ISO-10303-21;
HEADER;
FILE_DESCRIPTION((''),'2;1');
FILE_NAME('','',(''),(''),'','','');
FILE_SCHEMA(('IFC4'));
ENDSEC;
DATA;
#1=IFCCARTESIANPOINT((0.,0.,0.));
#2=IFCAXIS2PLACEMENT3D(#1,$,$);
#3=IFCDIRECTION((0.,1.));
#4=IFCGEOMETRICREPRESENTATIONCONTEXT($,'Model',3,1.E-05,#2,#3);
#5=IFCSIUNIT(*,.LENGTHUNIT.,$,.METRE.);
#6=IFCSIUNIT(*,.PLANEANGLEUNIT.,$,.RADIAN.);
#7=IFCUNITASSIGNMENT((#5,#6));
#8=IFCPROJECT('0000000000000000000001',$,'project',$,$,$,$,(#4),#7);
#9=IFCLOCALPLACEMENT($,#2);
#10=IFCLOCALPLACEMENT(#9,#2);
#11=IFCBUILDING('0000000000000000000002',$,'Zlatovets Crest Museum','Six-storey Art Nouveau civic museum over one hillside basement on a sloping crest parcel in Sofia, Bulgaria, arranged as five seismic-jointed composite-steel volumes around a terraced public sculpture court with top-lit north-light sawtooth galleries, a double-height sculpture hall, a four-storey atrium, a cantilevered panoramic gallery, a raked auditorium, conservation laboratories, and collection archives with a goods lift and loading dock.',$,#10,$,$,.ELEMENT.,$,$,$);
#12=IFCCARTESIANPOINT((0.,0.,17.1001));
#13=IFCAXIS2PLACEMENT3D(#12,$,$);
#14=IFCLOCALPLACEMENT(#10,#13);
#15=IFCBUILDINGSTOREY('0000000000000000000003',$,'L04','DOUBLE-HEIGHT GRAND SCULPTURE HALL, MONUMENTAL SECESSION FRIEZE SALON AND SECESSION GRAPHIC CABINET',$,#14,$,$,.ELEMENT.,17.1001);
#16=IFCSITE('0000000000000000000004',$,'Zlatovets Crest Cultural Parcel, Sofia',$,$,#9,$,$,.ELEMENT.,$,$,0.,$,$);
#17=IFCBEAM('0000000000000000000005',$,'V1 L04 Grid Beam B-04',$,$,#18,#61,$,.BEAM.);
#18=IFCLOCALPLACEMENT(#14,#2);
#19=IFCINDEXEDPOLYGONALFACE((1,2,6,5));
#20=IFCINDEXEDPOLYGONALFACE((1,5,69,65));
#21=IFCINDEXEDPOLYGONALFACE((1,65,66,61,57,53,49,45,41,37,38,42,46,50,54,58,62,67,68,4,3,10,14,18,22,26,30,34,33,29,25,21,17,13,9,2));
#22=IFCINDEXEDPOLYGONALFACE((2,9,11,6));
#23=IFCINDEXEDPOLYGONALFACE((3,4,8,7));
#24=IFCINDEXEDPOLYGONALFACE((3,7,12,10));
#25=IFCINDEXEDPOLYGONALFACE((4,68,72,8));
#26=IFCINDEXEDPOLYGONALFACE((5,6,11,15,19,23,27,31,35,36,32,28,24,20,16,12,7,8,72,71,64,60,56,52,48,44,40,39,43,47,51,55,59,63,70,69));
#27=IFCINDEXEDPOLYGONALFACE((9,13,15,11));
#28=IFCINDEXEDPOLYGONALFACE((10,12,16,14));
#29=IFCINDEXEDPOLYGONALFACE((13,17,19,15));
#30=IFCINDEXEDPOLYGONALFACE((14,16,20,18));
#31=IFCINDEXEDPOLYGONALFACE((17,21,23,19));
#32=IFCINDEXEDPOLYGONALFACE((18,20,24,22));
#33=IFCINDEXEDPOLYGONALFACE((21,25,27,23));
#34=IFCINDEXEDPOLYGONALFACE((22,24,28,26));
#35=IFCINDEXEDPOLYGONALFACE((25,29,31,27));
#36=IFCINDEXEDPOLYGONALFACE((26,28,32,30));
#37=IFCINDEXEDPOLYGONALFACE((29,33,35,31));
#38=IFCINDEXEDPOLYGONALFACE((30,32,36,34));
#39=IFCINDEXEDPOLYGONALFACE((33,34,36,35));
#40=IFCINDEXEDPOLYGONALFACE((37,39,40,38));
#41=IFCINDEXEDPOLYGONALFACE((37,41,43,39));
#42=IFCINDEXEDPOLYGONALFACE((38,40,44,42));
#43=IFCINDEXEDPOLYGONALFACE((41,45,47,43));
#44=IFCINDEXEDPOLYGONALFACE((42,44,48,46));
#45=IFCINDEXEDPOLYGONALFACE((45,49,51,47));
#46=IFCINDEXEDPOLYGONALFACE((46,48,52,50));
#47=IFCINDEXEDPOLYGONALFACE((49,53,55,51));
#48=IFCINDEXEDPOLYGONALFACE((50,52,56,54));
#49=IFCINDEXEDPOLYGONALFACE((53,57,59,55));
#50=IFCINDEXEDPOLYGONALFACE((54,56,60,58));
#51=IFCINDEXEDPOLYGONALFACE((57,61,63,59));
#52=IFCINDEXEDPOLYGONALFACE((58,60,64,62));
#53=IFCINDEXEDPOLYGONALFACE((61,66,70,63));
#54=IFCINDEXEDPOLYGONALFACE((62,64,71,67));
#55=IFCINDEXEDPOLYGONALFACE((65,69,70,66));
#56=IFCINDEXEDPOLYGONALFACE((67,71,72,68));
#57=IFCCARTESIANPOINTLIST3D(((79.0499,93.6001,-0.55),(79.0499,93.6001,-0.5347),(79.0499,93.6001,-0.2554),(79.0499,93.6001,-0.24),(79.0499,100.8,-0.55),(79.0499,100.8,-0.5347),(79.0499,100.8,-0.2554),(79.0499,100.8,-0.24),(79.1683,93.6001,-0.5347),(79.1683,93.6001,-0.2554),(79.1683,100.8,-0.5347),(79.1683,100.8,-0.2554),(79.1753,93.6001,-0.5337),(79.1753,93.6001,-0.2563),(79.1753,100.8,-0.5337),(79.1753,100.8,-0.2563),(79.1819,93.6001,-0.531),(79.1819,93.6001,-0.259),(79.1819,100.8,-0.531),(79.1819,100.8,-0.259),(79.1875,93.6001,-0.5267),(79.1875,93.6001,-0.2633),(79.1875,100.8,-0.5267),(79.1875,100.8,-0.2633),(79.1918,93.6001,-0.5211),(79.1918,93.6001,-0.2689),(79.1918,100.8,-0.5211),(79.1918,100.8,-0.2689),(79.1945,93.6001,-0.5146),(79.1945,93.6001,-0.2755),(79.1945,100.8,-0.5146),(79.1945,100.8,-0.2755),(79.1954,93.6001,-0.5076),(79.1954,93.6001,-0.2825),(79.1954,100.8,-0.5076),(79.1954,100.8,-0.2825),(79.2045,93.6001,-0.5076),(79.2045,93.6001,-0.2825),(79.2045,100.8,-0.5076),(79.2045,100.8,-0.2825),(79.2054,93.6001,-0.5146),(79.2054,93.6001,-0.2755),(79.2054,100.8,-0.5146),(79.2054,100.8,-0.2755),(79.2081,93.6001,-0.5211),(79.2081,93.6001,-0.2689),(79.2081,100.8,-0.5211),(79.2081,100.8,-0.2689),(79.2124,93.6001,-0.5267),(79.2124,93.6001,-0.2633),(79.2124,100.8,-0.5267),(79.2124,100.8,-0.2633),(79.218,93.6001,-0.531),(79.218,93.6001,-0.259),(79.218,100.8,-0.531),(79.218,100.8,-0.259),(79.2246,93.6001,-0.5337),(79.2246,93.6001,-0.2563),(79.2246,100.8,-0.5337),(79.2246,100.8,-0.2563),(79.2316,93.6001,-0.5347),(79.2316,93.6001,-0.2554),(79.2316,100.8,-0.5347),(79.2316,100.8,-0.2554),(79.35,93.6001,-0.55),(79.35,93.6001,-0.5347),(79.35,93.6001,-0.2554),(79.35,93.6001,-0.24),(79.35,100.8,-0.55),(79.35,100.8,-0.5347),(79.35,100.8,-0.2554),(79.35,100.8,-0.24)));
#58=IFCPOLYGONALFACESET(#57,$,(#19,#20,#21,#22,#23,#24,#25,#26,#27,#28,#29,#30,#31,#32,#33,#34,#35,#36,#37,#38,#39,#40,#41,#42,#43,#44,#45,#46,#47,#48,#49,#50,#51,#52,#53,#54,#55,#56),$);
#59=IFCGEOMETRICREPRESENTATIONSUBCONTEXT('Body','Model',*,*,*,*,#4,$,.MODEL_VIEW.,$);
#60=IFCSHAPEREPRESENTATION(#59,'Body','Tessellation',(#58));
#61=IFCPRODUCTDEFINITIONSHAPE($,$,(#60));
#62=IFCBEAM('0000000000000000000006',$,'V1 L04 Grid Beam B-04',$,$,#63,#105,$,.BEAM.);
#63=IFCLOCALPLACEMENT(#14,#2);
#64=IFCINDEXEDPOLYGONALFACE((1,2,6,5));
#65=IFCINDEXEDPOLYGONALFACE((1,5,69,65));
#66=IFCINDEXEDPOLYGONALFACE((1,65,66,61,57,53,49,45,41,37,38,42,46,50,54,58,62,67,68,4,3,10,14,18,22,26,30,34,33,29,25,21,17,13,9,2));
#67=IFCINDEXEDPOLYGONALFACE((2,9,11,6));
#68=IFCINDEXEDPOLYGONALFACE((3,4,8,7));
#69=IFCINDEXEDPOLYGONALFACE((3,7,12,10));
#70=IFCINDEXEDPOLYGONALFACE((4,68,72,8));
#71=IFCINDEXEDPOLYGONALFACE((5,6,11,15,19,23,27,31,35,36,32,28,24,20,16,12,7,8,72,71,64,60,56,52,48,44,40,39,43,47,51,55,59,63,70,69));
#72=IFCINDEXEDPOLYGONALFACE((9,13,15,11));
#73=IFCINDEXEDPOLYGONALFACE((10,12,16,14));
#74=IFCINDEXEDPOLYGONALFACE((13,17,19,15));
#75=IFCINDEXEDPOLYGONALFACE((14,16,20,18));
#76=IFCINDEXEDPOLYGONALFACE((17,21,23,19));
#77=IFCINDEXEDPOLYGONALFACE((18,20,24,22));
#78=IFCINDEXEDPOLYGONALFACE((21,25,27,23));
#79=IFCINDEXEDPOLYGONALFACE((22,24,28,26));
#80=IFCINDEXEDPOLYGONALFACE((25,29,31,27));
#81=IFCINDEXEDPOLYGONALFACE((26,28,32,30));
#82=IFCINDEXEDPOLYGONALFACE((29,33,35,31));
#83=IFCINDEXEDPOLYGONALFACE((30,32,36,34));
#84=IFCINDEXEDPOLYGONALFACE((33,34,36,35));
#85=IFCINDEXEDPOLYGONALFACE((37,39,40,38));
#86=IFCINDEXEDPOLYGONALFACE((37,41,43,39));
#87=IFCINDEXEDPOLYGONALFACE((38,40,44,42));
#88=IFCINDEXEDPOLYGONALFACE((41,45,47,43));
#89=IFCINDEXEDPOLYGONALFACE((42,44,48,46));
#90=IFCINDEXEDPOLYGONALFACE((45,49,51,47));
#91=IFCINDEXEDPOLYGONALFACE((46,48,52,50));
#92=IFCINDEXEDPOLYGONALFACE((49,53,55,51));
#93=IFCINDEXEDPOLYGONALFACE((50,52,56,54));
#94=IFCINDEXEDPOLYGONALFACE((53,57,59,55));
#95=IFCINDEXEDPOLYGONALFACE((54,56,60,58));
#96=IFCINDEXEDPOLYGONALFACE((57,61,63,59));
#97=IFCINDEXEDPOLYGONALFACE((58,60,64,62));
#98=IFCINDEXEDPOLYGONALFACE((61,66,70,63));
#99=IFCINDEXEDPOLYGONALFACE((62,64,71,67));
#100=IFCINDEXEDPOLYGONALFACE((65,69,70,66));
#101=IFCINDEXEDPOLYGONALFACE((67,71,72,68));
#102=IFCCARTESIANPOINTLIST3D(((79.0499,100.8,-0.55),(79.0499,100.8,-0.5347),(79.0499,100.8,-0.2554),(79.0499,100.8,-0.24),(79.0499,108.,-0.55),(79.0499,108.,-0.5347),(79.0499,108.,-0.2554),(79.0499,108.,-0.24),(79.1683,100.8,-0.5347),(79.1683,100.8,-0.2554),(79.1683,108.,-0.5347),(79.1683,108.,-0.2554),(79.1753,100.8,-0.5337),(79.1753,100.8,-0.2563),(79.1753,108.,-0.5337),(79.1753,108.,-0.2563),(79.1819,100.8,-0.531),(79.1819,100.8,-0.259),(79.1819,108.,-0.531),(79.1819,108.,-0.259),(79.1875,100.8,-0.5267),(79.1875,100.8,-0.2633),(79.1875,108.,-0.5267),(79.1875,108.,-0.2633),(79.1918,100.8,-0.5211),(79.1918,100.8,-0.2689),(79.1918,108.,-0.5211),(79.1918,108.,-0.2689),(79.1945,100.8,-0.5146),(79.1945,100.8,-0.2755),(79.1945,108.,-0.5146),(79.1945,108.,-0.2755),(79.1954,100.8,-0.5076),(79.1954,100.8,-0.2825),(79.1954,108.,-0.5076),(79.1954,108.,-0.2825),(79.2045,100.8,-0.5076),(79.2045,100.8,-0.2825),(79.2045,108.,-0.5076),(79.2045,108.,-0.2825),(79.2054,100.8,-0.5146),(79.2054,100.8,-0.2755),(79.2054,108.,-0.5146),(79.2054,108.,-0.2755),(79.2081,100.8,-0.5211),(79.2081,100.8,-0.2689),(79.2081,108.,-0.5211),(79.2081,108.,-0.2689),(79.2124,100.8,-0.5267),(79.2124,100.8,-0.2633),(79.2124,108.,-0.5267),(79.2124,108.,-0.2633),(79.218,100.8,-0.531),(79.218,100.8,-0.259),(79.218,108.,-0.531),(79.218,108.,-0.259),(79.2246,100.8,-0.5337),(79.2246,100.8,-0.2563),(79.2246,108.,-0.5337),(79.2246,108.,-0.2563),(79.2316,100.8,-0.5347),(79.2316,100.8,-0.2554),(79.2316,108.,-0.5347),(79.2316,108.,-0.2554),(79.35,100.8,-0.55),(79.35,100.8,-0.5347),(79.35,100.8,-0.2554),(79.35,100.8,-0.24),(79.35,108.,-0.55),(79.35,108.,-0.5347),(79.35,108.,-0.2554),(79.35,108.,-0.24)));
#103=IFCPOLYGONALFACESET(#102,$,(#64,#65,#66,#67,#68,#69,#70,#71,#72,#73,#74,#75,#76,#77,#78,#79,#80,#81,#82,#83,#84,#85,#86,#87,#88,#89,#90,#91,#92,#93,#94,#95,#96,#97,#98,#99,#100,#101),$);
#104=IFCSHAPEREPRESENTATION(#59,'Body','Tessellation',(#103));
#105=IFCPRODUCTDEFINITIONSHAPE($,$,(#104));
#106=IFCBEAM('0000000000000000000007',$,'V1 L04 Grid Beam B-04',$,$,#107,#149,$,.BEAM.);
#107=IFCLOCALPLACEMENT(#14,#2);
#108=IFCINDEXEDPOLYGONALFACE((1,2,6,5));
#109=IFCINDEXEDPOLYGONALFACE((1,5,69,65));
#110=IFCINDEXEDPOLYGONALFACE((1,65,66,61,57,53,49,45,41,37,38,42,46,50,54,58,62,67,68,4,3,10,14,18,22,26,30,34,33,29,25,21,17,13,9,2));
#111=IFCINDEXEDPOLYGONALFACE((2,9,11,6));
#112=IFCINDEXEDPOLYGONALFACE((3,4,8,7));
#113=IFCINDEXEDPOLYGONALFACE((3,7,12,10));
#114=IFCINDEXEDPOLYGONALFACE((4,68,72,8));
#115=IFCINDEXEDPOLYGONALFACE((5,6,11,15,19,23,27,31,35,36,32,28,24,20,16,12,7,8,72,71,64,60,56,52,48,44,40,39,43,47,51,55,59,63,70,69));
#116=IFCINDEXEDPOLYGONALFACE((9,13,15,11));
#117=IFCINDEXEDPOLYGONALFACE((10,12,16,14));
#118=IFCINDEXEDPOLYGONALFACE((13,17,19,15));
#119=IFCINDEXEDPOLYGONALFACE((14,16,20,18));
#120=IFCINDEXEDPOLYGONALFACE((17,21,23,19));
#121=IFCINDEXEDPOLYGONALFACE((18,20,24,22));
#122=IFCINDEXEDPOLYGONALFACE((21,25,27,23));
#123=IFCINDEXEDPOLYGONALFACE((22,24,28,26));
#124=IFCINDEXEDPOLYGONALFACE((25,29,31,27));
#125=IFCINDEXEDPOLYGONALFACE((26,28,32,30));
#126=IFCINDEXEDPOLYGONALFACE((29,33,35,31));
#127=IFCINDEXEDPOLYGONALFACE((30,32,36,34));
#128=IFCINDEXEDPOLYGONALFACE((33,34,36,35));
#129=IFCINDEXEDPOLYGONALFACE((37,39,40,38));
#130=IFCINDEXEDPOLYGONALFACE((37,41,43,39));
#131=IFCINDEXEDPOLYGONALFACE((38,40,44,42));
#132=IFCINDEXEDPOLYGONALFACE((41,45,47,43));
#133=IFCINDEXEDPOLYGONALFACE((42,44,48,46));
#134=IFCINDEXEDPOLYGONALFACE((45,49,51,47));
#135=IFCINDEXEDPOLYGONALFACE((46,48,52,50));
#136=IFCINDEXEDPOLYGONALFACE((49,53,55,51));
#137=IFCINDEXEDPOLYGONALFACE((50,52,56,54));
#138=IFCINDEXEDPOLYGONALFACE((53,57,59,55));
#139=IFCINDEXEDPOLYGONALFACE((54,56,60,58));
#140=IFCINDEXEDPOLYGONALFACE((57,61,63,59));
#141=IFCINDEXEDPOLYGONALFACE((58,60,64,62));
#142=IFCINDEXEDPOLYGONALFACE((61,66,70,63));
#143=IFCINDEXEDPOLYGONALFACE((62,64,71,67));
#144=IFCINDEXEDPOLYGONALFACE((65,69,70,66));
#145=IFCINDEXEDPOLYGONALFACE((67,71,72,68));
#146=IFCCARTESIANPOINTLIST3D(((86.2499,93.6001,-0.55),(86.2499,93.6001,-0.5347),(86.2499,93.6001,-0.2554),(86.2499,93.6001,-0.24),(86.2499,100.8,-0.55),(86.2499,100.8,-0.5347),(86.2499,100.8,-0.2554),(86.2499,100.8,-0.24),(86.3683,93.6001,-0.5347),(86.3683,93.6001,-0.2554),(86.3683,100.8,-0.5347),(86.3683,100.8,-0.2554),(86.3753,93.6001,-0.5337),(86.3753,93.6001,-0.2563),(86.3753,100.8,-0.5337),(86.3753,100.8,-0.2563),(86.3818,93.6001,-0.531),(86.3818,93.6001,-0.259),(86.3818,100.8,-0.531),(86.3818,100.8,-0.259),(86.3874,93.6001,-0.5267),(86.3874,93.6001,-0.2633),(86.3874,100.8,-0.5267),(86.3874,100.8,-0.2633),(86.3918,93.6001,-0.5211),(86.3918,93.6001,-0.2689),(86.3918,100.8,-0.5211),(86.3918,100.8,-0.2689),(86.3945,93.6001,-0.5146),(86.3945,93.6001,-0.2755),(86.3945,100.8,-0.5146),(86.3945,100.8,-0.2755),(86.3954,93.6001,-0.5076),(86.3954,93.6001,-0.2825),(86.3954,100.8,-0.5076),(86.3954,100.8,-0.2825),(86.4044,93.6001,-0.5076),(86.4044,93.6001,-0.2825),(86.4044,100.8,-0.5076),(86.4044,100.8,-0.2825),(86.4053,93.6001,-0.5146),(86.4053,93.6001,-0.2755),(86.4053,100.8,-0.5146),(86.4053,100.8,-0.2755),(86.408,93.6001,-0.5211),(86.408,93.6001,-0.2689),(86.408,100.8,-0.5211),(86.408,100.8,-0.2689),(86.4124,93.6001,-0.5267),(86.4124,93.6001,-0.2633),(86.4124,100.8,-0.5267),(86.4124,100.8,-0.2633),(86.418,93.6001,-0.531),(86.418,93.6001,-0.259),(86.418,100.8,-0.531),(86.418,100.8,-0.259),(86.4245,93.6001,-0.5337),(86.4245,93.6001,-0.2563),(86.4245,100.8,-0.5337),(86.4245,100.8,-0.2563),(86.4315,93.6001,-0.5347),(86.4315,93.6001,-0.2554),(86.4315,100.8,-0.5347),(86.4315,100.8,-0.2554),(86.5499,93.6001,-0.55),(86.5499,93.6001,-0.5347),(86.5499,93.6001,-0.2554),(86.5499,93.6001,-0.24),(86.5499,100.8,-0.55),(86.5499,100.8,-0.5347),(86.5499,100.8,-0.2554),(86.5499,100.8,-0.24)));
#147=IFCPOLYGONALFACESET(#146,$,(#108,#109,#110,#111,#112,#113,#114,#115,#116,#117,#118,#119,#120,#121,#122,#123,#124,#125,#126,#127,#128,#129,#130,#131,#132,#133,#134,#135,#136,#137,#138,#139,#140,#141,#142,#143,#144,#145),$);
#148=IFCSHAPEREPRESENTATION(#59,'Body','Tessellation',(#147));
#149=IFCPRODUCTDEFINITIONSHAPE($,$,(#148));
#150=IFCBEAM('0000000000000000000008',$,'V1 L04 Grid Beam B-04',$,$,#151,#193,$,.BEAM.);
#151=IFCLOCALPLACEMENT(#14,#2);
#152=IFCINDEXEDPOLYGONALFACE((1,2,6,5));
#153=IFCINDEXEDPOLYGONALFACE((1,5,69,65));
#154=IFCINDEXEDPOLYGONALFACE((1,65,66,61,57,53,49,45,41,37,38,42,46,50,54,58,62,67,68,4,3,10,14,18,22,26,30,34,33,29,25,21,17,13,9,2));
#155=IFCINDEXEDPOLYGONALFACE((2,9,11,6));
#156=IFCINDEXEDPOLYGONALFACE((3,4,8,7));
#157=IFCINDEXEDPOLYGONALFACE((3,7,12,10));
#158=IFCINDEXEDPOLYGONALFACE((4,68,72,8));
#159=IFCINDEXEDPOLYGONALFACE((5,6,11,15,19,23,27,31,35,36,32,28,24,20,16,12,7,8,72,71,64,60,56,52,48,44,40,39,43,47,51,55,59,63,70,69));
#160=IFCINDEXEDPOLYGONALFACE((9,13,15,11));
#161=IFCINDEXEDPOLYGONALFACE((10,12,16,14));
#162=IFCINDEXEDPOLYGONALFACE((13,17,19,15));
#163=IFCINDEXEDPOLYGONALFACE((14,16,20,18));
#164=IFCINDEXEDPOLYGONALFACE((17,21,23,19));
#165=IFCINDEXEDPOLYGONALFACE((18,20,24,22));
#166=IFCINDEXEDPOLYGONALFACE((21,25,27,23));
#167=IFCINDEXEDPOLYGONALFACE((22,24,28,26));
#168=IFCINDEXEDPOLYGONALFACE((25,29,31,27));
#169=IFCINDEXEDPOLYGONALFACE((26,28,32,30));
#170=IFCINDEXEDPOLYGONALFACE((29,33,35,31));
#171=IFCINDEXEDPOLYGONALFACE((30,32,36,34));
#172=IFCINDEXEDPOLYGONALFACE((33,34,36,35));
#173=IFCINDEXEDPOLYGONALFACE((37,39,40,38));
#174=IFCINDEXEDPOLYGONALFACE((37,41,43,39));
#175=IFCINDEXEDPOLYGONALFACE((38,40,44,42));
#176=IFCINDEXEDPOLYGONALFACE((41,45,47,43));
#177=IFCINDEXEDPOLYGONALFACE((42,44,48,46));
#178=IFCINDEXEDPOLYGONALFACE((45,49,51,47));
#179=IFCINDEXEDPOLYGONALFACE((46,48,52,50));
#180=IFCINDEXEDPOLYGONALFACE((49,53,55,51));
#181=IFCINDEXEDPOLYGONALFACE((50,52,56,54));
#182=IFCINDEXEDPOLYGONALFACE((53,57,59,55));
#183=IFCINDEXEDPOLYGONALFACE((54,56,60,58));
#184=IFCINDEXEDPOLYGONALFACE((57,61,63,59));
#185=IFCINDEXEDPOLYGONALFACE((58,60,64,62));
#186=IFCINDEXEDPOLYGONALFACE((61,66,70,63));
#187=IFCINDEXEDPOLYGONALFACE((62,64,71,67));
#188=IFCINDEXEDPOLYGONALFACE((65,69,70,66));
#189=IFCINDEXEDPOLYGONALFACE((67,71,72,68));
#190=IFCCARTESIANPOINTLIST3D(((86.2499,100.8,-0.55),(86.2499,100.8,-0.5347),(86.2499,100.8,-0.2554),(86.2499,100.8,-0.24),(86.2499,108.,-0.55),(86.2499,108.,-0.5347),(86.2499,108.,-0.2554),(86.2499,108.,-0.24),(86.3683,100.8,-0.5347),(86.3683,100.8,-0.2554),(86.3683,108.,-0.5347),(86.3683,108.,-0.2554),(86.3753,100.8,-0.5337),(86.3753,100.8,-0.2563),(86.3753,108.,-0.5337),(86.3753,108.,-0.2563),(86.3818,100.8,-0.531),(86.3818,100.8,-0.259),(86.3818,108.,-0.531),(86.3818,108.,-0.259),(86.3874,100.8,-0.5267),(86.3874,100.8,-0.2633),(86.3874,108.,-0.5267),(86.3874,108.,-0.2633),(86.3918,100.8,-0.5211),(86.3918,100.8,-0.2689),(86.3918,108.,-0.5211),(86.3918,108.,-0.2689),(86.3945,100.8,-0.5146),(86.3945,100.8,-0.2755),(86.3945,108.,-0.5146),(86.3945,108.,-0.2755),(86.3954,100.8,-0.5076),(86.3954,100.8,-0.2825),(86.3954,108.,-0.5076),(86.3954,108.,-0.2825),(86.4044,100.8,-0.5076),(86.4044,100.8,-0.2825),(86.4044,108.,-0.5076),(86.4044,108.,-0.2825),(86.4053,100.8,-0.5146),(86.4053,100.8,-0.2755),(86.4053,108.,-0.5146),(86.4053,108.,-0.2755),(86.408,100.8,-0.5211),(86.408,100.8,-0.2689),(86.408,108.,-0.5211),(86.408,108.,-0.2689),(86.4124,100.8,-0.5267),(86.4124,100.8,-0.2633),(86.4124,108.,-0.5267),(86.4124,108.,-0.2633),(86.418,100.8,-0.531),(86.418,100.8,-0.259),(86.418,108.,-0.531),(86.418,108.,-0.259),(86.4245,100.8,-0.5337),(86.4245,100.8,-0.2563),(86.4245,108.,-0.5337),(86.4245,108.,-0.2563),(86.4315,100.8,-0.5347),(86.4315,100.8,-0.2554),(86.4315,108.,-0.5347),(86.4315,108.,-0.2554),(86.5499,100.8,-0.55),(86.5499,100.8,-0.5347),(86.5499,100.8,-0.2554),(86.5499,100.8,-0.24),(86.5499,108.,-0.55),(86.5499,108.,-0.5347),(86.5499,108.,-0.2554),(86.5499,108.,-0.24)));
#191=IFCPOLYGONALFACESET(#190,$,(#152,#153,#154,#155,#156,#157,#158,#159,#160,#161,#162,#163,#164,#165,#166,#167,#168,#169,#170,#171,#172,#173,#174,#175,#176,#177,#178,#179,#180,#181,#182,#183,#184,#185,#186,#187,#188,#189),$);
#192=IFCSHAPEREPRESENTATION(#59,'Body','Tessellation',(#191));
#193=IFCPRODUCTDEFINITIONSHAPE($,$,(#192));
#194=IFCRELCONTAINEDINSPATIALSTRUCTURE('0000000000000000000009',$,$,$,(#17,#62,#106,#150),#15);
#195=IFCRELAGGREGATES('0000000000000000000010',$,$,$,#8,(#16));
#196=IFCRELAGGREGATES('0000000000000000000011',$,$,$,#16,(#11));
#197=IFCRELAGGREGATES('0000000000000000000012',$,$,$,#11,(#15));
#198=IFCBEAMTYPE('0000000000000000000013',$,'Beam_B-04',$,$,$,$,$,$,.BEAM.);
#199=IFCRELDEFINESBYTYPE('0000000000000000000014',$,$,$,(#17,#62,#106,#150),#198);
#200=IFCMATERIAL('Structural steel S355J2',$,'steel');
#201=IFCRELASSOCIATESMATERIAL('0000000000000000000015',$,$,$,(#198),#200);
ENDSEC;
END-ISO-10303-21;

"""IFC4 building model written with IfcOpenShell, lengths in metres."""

from ifc_helpers import new_model, si_unit, direction, frame, origin, origin_2d, place, context, subcontext, project, spatial, i_section, extrude, material, material_profile, profile_set, type_object, element, save


model = new_model("IFC4")

# Units and contexts
model_context = context("Model", 3, precision=1e-05, world=origin(), true_north=direction((0.0, 1.0)))
body_context = subcontext(model_context, "Body", "Model", "MODEL_VIEW")
ifc_project = project(units=[si_unit("LENGTHUNIT", "METRE"), si_unit("PLANEANGLEUNIT", "RADIAN")], contexts=[model_context])

# Site, building, storey
site_placement = place(None, origin())
site = spatial("IfcSite", under=ifc_project, at=site_placement, Name="Zlatovets Crest Cultural Parcel, Sofia", CompositionType="ELEMENT", RefElevation=0.0)
building_placement = place(site_placement, origin())
building = spatial("IfcBuilding", under=site, at=building_placement, Name="Zlatovets Crest Museum", Description="Six-storey Art Nouveau civic museum over one hillside basement on a sloping crest parcel in Sofia, Bulgaria, arranged as five seismic-jointed composite-steel volumes around a terraced public sculpture court with top-lit north-light sawtooth galleries, a double-height sculpture hall, a four-storey atrium, a cantilevered panoramic gallery, a raked auditorium, conservation laboratories, and collection archives with a goods lift and loading dock.", CompositionType="ELEMENT")
storey_placement = place(building_placement, frame((0.0, 0.0, 17.1001)))
storey = spatial("IfcBuildingStorey", under=building, at=storey_placement, Name="L04", Description="DOUBLE-HEIGHT GRAND SCULPTURE HALL, MONUMENTAL SECESSION FRIEZE SALON AND SECESSION GRAPHIC CABINET", CompositionType="ELEMENT", Elevation=17.1001)

# Shared definitions
ifc_material = material(Name="Structural steel S355J2", Category="steel")

# Beams
ifc_material_profile_1 = material_profile(ifc_material, i_section(OverallWidth=0.3, OverallDepth=0.3101, WebThickness=0.009, FlangeThickness=0.0154, FilletRadius=0.0271, at=origin_2d()), Name="HEA 320")
ifc_profile_set_1 = profile_set([ifc_material_profile_1], Name="Structural steel S355J2")
beam_type_1 = type_object("IfcBeamType", Name="Beam_B-04", PredefinedType="BEAM", material=ifc_profile_set_1)
for number, where, z_axis, x_axis, name in (
    (1, (79.2, 93.6001, -0.395), (0.0, 1.0, 0.0), (-1.0, 0.0, 0.0), "V1 L04 Grid Beam B-04"),
    (2, (79.2, 100.8, -0.395), (0.0, 1.0, 0.0), (-1.0, 0.0, 0.0), "V1 L04 Grid Beam B-04"),
    (3, (86.3999, 93.6001, -0.395), (0.0, 1.0, 0.0), (-1.0, 0.0, 0.0), "V1 L04 Grid Beam B-04"),
    (4, (86.3999, 100.8, -0.395), (0.0, 1.0, 0.0), (-1.0, 0.0, 0.0), "V1 L04 Grid Beam B-04"),
):
    element("IfcBeam", number, at=place(storey_placement, frame(where, z_axis=z_axis, x_axis=x_axis)), inside=storey, type_object=beam_type_1, Name=name, PredefinedType="BEAM", context=body_context, shape_type="SweptSolid", body=[
        extrude(i_section(OverallWidth=0.3, OverallDepth=0.3101, WebThickness=0.009, FlangeThickness=0.0154, FilletRadius=0.0271, at=origin_2d()), origin(), (0.0, 0.0, 1.0), 7.2),
    ])

save(model, "model.ifc")
